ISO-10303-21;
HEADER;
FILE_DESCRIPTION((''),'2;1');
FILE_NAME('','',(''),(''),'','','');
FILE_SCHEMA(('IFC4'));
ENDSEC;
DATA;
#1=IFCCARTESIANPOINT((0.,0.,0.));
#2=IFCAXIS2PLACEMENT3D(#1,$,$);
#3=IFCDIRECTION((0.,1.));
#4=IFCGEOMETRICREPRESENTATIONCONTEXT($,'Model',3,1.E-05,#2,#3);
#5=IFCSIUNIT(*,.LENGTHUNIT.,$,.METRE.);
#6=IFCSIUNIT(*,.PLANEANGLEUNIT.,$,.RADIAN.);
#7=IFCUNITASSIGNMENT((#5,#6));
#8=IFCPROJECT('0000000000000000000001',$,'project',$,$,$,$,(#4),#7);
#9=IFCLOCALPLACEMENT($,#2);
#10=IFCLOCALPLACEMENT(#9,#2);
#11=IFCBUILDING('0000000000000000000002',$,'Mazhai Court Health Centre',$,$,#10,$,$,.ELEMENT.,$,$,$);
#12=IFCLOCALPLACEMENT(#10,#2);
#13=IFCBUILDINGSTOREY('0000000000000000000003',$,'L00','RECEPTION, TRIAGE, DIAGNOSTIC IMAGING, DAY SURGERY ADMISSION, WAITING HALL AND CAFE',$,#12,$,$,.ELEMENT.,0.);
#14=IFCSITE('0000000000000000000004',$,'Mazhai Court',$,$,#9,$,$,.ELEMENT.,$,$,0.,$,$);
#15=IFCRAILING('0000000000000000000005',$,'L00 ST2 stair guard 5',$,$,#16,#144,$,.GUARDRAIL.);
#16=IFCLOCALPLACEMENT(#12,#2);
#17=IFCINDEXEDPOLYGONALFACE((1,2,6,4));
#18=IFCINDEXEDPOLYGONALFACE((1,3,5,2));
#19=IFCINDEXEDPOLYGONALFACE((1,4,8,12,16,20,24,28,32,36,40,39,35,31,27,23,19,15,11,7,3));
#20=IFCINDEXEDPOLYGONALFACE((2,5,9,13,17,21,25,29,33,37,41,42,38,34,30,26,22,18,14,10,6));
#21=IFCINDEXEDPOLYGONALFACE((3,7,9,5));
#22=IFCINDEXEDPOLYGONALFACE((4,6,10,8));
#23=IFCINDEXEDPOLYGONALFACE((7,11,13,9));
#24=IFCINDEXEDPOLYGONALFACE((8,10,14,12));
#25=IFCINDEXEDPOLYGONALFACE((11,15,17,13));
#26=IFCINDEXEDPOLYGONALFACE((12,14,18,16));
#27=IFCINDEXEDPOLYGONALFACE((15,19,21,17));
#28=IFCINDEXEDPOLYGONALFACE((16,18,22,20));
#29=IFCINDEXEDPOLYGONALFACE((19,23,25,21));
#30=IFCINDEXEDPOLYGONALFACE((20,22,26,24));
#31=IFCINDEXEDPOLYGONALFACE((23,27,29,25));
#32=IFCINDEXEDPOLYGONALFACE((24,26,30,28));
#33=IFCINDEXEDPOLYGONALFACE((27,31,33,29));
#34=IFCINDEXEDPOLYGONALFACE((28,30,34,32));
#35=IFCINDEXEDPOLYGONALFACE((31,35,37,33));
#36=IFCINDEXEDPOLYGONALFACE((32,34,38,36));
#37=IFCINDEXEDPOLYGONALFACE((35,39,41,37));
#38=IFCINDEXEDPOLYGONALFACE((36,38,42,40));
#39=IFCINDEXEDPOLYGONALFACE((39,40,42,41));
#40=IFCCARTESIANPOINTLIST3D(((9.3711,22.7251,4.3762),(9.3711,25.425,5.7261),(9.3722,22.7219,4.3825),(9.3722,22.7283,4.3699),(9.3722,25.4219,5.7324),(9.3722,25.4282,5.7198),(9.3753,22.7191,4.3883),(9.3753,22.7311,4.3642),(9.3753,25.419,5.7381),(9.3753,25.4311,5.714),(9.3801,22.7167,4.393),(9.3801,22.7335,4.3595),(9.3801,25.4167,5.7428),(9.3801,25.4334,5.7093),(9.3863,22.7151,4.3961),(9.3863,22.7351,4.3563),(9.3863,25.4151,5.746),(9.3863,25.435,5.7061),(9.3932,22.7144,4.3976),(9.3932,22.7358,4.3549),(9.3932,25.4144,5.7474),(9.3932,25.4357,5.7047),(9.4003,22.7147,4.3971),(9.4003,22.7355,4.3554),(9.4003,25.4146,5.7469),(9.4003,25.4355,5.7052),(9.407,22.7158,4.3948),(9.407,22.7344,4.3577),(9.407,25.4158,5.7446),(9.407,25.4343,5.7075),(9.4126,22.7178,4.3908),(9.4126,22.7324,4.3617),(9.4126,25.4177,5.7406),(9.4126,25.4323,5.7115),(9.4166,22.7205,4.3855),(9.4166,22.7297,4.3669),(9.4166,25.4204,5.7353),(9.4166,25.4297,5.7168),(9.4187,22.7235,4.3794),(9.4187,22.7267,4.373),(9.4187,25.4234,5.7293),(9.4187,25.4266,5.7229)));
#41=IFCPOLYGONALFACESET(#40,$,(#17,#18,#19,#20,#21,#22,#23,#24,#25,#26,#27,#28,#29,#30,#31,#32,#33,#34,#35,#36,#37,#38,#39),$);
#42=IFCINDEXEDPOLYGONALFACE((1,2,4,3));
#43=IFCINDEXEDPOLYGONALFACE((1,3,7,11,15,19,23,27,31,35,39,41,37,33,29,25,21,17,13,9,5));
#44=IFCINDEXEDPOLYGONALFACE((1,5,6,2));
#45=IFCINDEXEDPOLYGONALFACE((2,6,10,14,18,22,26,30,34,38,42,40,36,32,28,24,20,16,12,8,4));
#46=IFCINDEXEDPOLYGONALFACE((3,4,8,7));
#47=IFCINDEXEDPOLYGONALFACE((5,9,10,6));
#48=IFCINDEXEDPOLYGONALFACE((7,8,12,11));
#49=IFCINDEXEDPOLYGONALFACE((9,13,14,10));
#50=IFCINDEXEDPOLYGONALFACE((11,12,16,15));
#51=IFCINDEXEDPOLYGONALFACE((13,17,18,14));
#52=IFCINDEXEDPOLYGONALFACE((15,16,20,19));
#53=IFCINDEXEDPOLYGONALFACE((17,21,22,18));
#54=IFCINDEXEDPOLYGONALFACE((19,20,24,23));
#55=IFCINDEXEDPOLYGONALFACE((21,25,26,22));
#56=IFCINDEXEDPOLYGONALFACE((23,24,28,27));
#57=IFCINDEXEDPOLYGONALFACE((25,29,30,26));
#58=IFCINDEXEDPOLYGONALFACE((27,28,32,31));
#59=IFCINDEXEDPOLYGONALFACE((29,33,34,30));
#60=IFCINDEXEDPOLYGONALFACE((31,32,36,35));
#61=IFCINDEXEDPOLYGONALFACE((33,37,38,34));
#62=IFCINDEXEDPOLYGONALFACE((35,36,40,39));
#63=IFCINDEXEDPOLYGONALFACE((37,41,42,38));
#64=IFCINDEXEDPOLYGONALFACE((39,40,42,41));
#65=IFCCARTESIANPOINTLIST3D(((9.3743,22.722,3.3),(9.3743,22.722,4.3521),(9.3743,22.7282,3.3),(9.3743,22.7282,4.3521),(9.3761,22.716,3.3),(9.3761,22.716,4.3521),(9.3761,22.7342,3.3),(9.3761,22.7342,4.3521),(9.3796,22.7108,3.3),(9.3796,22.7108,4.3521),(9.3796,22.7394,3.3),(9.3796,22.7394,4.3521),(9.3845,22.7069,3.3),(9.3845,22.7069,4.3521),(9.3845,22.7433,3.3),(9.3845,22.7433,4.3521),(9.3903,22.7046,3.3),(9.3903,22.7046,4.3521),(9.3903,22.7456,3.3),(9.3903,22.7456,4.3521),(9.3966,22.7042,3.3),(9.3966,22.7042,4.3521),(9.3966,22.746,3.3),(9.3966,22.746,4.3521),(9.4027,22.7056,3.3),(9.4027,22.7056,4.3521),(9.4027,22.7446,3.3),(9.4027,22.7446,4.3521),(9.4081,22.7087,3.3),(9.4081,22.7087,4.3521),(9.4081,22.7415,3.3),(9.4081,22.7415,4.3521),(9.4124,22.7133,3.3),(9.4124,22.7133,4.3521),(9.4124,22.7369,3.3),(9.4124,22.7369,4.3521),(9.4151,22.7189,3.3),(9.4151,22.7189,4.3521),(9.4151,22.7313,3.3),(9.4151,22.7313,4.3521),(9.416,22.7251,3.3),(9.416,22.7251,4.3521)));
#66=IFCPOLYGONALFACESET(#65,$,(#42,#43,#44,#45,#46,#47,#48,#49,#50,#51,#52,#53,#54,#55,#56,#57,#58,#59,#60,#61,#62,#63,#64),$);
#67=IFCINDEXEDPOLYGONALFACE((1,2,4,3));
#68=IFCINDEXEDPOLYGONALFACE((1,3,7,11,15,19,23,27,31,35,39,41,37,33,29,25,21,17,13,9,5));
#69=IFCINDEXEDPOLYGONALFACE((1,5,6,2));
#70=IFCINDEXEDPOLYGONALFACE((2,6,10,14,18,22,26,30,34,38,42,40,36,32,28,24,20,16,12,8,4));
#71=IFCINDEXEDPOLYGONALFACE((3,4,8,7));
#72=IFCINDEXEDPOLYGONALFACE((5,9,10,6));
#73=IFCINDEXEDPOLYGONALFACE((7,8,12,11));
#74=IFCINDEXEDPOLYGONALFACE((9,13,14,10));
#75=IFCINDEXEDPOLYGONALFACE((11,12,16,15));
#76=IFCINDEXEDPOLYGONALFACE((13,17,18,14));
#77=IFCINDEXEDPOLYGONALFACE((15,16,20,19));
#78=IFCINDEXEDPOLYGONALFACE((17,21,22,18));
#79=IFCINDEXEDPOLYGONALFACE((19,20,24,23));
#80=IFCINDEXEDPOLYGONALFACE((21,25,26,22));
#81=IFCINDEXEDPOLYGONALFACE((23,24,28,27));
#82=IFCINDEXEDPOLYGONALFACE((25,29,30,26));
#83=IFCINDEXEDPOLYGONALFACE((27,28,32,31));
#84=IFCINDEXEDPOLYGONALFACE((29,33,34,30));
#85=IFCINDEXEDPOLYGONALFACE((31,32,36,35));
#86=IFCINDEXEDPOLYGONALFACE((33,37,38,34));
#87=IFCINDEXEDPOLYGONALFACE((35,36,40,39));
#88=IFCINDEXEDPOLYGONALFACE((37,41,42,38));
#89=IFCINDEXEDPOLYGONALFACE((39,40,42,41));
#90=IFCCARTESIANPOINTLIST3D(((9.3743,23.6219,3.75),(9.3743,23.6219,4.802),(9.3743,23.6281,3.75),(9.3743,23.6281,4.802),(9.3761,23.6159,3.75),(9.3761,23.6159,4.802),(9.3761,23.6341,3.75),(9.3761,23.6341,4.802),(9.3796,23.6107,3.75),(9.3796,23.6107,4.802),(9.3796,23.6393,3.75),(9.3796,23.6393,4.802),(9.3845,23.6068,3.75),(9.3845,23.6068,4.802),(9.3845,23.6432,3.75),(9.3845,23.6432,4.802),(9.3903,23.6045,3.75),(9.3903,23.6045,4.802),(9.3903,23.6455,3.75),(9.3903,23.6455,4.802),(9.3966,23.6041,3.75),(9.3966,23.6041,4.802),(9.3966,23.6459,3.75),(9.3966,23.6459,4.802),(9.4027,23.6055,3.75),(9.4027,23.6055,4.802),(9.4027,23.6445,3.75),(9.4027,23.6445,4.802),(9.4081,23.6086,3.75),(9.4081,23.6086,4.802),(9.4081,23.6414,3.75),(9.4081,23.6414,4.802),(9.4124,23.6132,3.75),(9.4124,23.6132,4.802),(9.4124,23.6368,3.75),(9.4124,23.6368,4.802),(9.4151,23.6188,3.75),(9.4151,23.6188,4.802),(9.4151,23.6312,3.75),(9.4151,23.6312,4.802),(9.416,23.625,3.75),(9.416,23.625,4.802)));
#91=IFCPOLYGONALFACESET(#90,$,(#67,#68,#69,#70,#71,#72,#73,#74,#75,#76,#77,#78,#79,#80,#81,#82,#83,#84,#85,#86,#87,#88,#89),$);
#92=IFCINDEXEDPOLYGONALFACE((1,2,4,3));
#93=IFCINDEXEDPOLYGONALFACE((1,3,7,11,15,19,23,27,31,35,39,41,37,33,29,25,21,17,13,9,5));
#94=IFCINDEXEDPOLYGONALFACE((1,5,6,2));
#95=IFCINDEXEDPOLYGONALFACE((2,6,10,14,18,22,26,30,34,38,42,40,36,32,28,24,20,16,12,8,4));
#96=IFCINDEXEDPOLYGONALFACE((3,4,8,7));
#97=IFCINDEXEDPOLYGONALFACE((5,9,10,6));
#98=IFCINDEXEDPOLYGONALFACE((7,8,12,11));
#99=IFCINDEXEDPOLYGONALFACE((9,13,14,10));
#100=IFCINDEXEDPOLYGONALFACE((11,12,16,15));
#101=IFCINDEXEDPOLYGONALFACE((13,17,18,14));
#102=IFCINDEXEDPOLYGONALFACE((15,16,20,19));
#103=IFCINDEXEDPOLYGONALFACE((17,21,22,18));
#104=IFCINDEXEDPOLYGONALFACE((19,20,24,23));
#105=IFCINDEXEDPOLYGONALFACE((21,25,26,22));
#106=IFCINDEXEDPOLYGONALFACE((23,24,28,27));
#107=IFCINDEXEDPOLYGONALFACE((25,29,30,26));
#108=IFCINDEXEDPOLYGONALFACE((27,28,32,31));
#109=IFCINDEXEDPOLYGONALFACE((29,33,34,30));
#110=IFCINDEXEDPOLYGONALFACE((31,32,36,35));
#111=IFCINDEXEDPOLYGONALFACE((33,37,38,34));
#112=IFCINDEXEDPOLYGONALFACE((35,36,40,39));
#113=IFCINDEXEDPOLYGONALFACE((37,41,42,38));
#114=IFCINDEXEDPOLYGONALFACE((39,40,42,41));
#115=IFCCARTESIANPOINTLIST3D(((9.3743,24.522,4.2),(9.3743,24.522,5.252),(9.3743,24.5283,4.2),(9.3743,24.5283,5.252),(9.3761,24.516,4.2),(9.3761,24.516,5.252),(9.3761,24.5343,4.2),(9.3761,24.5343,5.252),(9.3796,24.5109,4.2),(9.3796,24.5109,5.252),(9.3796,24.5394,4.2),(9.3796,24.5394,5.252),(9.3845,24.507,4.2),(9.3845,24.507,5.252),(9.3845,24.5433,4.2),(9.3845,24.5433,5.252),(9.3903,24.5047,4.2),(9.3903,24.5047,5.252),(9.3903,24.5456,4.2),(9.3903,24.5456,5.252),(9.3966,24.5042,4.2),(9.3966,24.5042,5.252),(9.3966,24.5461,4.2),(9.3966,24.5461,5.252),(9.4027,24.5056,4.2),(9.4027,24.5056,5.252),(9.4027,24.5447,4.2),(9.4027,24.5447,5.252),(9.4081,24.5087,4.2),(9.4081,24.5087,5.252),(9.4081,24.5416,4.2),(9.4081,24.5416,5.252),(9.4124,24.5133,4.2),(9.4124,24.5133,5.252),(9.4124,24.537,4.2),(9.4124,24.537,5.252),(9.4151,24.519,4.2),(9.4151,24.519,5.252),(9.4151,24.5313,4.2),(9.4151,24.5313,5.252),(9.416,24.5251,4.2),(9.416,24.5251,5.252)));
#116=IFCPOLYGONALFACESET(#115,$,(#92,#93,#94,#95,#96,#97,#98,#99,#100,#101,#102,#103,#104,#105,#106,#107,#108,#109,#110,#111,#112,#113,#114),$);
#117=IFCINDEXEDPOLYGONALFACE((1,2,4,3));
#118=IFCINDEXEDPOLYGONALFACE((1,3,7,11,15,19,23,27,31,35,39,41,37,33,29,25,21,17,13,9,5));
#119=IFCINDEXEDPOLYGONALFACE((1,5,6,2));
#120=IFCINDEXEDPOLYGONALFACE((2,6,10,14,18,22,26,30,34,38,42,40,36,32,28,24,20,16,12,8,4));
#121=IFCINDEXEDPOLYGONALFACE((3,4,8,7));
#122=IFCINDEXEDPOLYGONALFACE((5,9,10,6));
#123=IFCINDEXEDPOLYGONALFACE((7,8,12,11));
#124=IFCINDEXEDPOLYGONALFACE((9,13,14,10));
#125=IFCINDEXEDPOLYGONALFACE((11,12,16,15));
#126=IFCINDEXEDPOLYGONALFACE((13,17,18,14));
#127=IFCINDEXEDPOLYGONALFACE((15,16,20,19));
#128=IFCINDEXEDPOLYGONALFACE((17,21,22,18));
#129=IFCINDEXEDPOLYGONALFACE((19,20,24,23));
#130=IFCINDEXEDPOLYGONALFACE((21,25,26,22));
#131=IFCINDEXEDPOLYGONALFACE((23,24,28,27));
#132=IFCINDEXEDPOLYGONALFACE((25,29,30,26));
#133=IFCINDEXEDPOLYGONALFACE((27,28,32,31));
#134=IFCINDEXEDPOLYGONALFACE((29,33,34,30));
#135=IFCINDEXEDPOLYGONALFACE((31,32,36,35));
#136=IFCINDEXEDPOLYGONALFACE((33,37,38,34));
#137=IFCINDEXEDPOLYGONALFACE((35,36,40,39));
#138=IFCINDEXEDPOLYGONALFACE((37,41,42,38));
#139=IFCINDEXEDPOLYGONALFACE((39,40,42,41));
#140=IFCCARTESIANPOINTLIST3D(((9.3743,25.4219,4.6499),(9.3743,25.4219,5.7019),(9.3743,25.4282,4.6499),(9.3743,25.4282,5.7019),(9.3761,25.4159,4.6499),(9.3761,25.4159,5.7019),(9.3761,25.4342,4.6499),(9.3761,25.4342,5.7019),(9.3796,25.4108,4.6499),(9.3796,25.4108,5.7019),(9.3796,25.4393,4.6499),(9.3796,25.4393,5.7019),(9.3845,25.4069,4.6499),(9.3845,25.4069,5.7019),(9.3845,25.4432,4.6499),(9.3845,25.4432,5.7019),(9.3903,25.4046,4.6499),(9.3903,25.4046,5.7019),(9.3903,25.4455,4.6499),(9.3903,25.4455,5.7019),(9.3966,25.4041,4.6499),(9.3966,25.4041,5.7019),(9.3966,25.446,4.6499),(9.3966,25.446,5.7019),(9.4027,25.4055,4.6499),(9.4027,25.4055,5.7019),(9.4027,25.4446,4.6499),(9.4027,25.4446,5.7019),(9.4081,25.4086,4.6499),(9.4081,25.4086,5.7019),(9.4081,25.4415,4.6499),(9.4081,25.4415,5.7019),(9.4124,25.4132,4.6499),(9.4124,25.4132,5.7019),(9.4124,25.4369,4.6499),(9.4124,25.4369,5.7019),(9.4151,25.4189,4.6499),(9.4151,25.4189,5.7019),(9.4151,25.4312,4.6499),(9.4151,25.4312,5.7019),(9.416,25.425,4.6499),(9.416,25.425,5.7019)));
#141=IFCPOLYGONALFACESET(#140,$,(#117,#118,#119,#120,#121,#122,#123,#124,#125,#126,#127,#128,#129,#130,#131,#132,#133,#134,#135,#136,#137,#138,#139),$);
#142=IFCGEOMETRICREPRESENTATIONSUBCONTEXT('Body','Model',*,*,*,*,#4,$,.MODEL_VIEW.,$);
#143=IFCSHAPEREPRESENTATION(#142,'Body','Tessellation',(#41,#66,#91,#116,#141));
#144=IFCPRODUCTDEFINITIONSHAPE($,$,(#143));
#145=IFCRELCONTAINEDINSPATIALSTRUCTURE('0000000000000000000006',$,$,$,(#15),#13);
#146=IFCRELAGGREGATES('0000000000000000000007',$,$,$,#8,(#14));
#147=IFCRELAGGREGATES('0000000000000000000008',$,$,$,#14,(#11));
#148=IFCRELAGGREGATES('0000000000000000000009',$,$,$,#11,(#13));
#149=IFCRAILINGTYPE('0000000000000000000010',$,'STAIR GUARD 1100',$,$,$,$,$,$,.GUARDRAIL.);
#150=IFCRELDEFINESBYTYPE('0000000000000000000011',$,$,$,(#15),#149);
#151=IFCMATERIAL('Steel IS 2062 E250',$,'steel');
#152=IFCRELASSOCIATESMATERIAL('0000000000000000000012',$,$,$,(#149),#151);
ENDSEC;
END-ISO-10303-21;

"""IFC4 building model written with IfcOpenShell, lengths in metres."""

from ifc_helpers import new_model, si_unit, direction, frame, origin, origin_2d, place, context, subcontext, project, spatial, circle, extrude, material, type_object, element, save


model = new_model("IFC4")

# Units and contexts
model_context = context("Model", 3, precision=1e-05, world=origin(), true_north=direction((0.0, 1.0)))
body_context = subcontext(model_context, "Body", "Model", "MODEL_VIEW")
ifc_project = project(units=[si_unit("LENGTHUNIT", "METRE"), si_unit("PLANEANGLEUNIT", "RADIAN")], contexts=[model_context])

# Site, building, storey
site_placement = place(None, origin())
site = spatial("IfcSite", under=ifc_project, at=site_placement, Name="Mazhai Court", CompositionType="ELEMENT", RefElevation=0.0)
building_placement = place(site_placement, origin())
building = spatial("IfcBuilding", under=site, at=building_placement, Name="Mazhai Court Health Centre", CompositionType="ELEMENT")
storey_placement = place(building_placement, origin())
storey = spatial("IfcBuildingStorey", under=building, at=storey_placement, Name="L00", Description="RECEPTION, TRIAGE, DIAGNOSTIC IMAGING, DAY SURGERY ADMISSION, WAITING HALL AND CAFE", CompositionType="ELEMENT", Elevation=0.0)

# Railing
ifc_material_1 = material(Name="Steel IS 2062 E250", Category="steel")
railing_type_1 = type_object("IfcRailingType", Name="STAIR GUARD 1100", PredefinedType="GUARDRAIL", material=ifc_material_1)
railing_1_placement = place(storey_placement, frame((9.395, 22.7251, 3.3)))
element("IfcRailing", 1, at=railing_1_placement, inside=storey, type_object=railing_type_1, Name="L00 ST2 stair guard 5", PredefinedType="GUARDRAIL", context=body_context, shape_type="SweptSolid", body=[
    extrude(circle(Radius=0.0239, at=origin_2d()), frame((0.0, 0.0, 1.0762), z_axis=(0.0, 0.894443, 0.447181), x_axis=(-1.0, 0.0, 0.0)), (0.0, 0.0, 1.0), 3.0186),
    extrude(circle(Radius=0.021, at=origin_2d()), origin(), (0.0, 0.0, 1.0), 1.052),
    extrude(circle(Radius=0.021, at=origin_2d()), frame((0.0, 0.8999, 0.45)), (0.0, 0.0, 1.0), 1.052),
    extrude(circle(Radius=0.021, at=origin_2d()), frame((0.0, 1.8, 0.8999)), (0.0, 0.0, 1.0), 1.052),
    extrude(circle(Radius=0.021, at=origin_2d()), frame((0.0, 2.7, 1.3499)), (0.0, 0.0, 1.0), 1.052),
])

save(model, "model.ifc")
